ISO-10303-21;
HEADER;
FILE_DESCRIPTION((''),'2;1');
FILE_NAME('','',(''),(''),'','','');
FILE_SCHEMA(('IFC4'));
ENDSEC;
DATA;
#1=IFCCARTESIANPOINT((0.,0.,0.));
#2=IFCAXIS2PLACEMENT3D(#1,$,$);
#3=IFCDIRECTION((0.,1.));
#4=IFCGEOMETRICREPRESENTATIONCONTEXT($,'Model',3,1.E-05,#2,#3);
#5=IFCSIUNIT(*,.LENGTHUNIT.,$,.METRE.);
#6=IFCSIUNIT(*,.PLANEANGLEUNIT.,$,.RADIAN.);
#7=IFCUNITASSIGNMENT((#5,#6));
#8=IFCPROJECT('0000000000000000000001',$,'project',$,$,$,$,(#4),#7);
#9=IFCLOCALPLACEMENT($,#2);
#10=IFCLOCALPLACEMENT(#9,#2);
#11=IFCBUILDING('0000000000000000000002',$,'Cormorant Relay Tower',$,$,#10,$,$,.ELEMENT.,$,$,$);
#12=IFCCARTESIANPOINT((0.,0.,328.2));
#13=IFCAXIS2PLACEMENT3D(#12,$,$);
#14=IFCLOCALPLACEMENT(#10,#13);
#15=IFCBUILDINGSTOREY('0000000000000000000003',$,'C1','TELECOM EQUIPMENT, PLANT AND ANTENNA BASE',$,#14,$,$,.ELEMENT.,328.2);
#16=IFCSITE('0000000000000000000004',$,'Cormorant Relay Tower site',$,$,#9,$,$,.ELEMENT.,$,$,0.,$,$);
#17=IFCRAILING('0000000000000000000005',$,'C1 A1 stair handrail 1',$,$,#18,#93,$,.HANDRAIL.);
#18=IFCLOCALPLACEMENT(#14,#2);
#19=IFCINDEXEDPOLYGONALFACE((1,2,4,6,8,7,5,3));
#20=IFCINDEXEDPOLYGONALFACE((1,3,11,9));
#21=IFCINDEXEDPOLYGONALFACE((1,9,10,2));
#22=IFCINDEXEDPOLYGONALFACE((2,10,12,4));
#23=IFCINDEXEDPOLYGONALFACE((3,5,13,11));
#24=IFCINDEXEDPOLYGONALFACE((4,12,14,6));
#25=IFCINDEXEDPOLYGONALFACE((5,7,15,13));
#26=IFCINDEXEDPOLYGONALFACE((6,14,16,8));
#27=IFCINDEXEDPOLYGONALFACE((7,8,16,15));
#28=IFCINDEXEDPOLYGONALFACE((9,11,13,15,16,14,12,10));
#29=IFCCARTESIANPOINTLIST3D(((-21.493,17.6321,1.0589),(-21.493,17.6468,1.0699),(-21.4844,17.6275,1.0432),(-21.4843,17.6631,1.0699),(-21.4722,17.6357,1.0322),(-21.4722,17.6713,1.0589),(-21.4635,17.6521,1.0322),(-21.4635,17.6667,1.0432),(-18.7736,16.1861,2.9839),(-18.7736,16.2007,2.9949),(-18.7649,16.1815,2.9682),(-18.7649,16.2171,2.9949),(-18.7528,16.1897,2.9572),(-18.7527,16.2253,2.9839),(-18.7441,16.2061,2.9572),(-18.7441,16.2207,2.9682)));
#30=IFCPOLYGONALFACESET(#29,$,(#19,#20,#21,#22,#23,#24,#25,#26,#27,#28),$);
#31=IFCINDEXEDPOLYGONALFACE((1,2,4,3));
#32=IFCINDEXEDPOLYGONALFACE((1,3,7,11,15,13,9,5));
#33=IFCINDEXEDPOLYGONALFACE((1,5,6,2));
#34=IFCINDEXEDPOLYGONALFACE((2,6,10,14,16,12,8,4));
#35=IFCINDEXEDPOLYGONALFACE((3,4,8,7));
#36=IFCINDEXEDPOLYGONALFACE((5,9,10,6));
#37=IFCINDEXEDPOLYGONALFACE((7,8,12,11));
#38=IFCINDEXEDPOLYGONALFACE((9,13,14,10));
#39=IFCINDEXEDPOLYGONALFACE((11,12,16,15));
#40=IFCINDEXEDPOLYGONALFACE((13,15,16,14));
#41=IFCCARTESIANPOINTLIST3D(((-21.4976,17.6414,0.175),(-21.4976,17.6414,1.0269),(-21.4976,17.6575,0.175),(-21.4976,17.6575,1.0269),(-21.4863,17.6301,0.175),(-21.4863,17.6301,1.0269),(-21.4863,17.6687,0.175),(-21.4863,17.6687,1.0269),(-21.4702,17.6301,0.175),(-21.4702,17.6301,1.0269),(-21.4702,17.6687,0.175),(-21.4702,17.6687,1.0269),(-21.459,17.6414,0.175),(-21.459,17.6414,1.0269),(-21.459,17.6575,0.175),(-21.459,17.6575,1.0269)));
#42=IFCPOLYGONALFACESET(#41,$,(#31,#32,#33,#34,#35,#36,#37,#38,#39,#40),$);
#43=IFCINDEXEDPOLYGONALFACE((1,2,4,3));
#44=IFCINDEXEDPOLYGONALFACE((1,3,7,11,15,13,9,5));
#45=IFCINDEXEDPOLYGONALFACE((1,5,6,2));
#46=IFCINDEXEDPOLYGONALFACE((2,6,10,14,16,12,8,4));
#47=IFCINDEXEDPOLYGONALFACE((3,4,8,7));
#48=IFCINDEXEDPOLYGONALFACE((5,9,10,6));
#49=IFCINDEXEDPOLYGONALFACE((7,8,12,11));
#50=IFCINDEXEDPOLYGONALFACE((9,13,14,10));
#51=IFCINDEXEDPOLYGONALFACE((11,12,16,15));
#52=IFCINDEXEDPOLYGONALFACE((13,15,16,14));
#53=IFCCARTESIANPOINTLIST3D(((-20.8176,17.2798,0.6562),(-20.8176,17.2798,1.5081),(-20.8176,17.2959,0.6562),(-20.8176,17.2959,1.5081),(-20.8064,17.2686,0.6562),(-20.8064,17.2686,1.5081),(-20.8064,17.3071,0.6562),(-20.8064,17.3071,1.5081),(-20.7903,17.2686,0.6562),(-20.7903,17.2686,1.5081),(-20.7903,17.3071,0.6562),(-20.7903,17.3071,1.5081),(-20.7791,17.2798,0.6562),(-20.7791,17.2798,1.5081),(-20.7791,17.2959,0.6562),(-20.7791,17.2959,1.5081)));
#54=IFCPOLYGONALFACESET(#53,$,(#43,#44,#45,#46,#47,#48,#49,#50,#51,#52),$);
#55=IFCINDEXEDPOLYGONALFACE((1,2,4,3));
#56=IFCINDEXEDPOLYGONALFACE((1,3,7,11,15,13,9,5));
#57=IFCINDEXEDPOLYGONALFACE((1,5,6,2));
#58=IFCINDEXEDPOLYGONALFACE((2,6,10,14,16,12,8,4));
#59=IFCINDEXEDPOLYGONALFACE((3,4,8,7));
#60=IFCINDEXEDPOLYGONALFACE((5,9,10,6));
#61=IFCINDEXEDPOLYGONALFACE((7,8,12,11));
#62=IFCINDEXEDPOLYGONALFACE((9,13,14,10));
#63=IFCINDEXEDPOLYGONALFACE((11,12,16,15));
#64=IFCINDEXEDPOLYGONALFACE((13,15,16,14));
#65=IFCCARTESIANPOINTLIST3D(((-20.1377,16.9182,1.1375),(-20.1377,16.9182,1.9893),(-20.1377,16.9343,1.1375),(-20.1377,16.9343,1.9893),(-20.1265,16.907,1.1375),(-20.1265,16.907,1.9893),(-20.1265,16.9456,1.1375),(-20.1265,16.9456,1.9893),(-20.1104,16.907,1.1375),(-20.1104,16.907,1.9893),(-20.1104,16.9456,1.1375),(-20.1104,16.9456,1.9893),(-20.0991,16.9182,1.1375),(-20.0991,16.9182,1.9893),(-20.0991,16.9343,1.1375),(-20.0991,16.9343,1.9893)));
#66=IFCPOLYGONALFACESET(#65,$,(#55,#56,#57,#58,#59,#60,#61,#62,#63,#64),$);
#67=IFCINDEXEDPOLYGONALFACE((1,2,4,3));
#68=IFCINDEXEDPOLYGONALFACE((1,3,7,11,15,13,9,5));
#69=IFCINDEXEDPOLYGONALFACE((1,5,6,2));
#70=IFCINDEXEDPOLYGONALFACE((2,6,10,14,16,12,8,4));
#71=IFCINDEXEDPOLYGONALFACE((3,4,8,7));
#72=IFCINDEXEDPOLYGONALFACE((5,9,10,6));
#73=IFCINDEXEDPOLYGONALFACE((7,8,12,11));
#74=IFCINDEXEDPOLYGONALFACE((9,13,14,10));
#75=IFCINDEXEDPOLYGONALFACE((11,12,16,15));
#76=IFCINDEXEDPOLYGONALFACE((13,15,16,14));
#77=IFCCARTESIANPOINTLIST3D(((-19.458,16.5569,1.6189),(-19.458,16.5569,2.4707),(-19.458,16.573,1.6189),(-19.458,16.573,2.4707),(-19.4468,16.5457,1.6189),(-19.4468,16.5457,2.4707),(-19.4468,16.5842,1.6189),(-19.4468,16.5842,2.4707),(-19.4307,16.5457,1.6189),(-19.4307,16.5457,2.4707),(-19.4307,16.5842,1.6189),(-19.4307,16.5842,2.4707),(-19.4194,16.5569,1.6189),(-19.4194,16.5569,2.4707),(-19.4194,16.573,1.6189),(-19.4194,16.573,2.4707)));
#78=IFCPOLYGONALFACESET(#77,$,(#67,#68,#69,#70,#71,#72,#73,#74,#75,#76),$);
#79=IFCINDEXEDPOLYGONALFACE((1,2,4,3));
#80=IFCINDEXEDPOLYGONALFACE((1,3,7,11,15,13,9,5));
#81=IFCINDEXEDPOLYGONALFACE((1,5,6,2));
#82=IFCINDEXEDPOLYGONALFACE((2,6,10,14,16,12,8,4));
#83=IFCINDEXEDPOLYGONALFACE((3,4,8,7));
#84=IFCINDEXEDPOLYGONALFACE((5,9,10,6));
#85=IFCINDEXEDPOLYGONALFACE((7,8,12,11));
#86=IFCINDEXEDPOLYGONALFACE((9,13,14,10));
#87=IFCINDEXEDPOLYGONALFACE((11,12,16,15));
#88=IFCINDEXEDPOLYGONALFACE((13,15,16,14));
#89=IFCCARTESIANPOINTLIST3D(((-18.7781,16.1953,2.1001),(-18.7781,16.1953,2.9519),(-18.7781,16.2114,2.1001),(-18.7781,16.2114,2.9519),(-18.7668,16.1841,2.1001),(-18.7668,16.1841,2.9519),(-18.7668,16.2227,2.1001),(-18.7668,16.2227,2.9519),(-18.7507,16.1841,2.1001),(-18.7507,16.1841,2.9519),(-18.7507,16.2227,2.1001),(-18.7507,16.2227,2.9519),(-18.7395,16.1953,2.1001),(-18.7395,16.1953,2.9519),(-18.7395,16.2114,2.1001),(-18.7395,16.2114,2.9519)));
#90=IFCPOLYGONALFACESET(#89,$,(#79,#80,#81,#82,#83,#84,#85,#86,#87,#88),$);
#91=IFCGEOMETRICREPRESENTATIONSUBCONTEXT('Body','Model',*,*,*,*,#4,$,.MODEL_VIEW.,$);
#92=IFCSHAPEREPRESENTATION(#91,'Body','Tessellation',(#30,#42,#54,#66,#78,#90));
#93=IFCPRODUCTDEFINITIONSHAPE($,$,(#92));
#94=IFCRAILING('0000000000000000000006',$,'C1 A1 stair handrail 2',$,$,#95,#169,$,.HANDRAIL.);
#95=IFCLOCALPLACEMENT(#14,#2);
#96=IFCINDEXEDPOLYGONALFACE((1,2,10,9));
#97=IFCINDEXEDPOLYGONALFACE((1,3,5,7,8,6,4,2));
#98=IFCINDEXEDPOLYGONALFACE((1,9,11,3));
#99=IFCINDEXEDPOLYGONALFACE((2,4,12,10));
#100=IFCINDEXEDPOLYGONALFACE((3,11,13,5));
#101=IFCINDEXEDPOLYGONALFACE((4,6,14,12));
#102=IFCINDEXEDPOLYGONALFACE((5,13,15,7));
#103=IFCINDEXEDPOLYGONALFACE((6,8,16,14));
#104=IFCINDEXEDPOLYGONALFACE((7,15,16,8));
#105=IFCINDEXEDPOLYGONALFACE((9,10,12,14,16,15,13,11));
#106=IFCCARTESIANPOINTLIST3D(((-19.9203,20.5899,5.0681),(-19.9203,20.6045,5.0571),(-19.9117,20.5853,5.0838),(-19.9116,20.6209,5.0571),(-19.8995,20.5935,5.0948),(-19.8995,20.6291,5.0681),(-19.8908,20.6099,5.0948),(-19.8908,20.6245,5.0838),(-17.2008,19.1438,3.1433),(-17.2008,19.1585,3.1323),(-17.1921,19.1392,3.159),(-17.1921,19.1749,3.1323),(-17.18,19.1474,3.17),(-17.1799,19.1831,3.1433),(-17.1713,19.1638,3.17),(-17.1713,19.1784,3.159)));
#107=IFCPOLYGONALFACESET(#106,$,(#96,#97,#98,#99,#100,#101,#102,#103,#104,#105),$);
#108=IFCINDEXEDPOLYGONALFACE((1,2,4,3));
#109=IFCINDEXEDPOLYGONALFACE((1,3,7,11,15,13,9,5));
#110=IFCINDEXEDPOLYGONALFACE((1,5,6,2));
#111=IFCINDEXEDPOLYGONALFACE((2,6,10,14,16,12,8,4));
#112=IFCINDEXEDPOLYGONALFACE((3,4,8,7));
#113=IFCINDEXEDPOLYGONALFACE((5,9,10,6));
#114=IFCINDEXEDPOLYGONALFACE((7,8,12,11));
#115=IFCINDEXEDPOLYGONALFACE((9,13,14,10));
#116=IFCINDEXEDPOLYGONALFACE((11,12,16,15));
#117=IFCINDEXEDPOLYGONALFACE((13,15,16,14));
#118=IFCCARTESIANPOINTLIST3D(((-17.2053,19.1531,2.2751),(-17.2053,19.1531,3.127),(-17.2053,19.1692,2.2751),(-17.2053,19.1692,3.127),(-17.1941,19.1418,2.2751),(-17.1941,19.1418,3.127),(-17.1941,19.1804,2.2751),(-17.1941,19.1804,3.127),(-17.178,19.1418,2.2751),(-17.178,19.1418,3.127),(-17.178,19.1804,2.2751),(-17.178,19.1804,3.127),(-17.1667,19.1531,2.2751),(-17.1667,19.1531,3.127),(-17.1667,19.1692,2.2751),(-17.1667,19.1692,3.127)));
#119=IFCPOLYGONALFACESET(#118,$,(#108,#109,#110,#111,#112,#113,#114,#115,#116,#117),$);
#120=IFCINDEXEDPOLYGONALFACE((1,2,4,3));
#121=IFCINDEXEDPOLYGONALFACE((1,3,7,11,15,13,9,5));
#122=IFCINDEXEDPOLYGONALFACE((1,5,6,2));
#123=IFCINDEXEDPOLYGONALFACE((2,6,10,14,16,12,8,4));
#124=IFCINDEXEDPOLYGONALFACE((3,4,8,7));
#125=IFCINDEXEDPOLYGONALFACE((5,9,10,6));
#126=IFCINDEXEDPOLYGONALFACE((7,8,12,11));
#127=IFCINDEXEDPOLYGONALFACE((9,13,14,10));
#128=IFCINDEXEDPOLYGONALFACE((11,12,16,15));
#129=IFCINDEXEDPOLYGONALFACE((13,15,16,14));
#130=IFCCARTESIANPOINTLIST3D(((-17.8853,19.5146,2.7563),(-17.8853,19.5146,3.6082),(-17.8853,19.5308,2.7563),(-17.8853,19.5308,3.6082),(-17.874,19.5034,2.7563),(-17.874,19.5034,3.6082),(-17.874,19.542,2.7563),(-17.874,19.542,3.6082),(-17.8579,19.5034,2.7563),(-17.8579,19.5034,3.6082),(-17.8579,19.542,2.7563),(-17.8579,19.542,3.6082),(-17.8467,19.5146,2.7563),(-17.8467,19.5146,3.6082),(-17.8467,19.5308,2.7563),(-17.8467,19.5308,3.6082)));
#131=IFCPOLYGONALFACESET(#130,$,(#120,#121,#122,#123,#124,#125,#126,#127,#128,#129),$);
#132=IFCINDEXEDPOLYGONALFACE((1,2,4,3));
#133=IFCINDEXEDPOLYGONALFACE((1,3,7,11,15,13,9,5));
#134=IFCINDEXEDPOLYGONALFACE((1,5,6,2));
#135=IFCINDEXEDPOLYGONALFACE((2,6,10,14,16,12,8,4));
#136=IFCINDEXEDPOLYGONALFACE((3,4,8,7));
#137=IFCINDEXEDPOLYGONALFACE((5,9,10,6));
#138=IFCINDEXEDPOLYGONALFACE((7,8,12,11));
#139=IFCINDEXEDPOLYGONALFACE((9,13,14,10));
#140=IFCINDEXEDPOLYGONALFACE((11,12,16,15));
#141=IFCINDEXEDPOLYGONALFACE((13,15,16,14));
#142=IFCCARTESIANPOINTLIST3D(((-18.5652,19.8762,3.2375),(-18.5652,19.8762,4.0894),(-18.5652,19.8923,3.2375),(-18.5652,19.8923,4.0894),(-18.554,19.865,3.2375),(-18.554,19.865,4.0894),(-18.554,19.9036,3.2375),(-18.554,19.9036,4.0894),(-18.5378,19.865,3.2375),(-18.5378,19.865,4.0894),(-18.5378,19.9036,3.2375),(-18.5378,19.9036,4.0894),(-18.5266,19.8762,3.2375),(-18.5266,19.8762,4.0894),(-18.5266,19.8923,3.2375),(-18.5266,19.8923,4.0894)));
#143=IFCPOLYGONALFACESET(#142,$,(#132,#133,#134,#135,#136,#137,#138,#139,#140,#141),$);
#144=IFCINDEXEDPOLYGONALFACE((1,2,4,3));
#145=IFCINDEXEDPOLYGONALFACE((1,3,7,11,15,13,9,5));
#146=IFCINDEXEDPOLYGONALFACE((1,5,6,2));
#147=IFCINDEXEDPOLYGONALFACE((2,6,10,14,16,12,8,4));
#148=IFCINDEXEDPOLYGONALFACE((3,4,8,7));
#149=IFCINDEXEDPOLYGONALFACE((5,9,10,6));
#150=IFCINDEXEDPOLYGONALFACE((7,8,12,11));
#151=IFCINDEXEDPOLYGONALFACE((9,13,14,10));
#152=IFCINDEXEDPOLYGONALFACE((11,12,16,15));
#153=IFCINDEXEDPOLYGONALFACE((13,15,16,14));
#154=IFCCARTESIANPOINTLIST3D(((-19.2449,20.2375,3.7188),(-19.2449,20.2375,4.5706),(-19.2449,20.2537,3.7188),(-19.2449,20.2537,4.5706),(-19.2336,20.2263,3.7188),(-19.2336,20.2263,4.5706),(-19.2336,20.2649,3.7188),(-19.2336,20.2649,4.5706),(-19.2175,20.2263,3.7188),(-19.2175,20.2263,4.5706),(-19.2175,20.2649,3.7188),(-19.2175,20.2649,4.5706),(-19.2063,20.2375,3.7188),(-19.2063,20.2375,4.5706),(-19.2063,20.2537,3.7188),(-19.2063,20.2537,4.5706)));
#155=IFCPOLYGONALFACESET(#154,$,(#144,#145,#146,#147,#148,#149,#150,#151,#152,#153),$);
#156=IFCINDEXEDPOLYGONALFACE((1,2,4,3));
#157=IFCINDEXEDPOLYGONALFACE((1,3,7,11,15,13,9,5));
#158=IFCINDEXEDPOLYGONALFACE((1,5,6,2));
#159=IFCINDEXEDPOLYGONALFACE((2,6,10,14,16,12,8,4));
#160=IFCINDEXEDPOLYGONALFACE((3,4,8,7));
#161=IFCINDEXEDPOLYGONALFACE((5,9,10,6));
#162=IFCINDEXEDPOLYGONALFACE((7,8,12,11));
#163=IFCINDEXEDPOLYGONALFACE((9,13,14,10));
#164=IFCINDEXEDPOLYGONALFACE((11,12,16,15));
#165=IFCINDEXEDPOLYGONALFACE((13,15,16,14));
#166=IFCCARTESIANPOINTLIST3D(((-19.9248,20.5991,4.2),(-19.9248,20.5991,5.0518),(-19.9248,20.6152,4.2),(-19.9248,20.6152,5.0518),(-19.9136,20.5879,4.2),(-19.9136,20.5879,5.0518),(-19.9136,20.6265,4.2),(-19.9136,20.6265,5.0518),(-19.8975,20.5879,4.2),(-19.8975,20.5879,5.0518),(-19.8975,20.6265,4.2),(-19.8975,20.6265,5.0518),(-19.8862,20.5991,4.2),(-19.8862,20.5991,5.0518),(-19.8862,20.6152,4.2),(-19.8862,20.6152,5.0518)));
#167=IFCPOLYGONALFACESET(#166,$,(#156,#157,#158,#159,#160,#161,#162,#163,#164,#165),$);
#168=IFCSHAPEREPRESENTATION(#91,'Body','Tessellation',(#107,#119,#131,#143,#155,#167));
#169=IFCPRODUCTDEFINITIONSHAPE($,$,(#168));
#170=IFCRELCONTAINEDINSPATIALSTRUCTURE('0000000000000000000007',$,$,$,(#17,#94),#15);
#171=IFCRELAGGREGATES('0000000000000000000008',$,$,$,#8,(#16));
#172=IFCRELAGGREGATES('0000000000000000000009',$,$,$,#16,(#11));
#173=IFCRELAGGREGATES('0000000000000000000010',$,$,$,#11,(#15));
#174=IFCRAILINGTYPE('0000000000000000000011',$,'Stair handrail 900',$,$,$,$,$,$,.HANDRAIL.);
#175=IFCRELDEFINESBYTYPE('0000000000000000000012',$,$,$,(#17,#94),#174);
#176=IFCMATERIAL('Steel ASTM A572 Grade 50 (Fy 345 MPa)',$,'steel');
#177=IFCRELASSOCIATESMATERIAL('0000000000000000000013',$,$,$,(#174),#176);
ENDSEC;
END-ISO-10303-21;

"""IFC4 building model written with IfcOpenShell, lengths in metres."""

from ifc_helpers import new_model, si_unit, direction, frame, origin, place, context, subcontext, project, spatial, polyline, outline, extrude, material, type_object, element, save


model = new_model("IFC4")

# Units and contexts
model_context = context("Model", 3, precision=1e-05, world=origin(), true_north=direction((0.0, 1.0)))
body_context = subcontext(model_context, "Body", "Model", "MODEL_VIEW")
ifc_project = project(units=[si_unit("LENGTHUNIT", "METRE"), si_unit("PLANEANGLEUNIT", "RADIAN")], contexts=[model_context])

# Site, building, storey
site_placement = place(None, origin())
site = spatial("IfcSite", under=ifc_project, at=site_placement, Name="Cormorant Relay Tower site", CompositionType="ELEMENT", RefElevation=0.0)
building_placement = place(site_placement, origin())
building = spatial("IfcBuilding", under=site, at=building_placement, Name="Cormorant Relay Tower", CompositionType="ELEMENT")
storey_placement = place(building_placement, frame((0.0, 0.0, 328.2)))
storey = spatial("IfcBuildingStorey", under=building, at=storey_placement, Name="C1", Description="TELECOM EQUIPMENT, PLANT AND ANTENNA BASE", CompositionType="ELEMENT", Elevation=328.2)

# Railings
ifc_material_1 = material(Name="Steel ASTM A572 Grade 50 (Fy 345 MPa)", Category="steel")
railing_type_1 = type_object("IfcRailingType", Name="Stair handrail 900", PredefinedType="HANDRAIL", material=ifc_material_1)
railing_1_placement = place(storey_placement, frame((-21.4783, 17.6494, 0.175)))
element("IfcRailing", 1, at=railing_1_placement, inside=storey, type_object=railing_type_1, Name="C1 A1 stair handrail 1", PredefinedType="HANDRAIL", context=body_context, shape_type="SweptSolid", body=[
    extrude(outline(polyline([(0.0222, 0.0093), (0.0093, 0.0222), (-0.0093, 0.0222), (-0.0222, 0.0093), (-0.0222, -0.0093), (-0.0093, -0.0222), (0.0093, -0.0222), (0.0222, -0.0093), (0.0222, 0.0093)])), frame((0.0, 0.0, 0.876), z_axis=(0.748727, -0.398125, 0.530004), x_axis=(0.469489, 0.882938, 0.0)), (0.0, 0.0, 1.0), 3.6321),
    extrude(outline(polyline([(0.0193, 0.0081), (0.0081, 0.0193), (-0.0081, 0.0193), (-0.0193, 0.0081), (-0.0193, -0.0081), (-0.0081, -0.0193), (0.0081, -0.0193), (0.0193, -0.0081), (0.0193, 0.0081)])), origin(), (0.0, 0.0, 1.0), 0.8518),
    extrude(outline(polyline([(0.0193, 0.0081), (0.0081, 0.0193), (-0.0081, 0.0193), (-0.0193, 0.0081), (-0.0193, -0.0081), (-0.0081, -0.0193), (0.0081, -0.0193), (0.0193, -0.0081), (0.0193, 0.0081)])), frame((0.6799, -0.3616, 0.4812)), (0.0, 0.0, 1.0), 0.8518),
    extrude(outline(polyline([(0.0193, 0.0081), (0.0081, 0.0193), (-0.0081, 0.0193), (-0.0193, 0.0081), (-0.0193, -0.0081), (-0.0081, -0.0193), (0.0081, -0.0193), (0.0193, -0.0081), (0.0193, 0.0081)])), frame((1.3599, -0.7231, 0.9624)), (0.0, 0.0, 1.0), 0.8518),
    extrude(outline(polyline([(0.0193, 0.0081), (0.0081, 0.0193), (-0.0081, 0.0193), (-0.0193, 0.0081), (-0.0193, -0.0081), (-0.0081, -0.0193), (0.0081, -0.0193), (0.0193, -0.0081), (0.0193, 0.0081)])), frame((2.0396, -1.0845, 1.4438)), (0.0, 0.0, 1.0), 0.8518),
    extrude(outline(polyline([(0.0193, 0.0081), (0.0081, 0.0193), (-0.0081, 0.0193), (-0.0193, 0.0081), (-0.0193, -0.0081), (-0.0081, -0.0193), (0.0081, -0.0193), (0.0193, -0.0081), (0.0193, 0.0081)])), frame((2.7195, -1.446, 1.925)), (0.0, 0.0, 1.0), 0.8518),
])
railing_2_placement = place(storey_placement, frame((-17.186, 19.1611, 2.2751)))
element("IfcRailing", 2, at=railing_2_placement, inside=storey, type_object=railing_type_1, Name="C1 A1 stair handrail 2", PredefinedType="HANDRAIL", context=body_context, shape_type="SweptSolid", body=[
    extrude(outline(polyline([(0.0222, 0.0093), (0.0093, 0.0222), (-0.0093, 0.0222), (-0.0222, 0.0093), (-0.0222, -0.0093), (-0.0093, -0.0222), (0.0093, -0.0222), (0.0222, -0.0093), (0.0222, 0.0093)])), frame((0.0, 0.0, 0.876), z_axis=(-0.748754, 0.398139, 0.529956), x_axis=(-0.469489, -0.882938, 0.0)), (0.0, 0.0, 1.0), 3.6321),
    extrude(outline(polyline([(0.0193, 0.0081), (0.0081, 0.0193), (-0.0081, 0.0193), (-0.0193, 0.0081), (-0.0193, -0.0081), (-0.0081, -0.0193), (0.0081, -0.0193), (0.0193, -0.0081), (0.0193, 0.0081)])), origin(), (0.0, 0.0, 1.0), 0.8518),
    extrude(outline(polyline([(0.0193, 0.0081), (0.0081, 0.0193), (-0.0081, 0.0193), (-0.0193, 0.0081), (-0.0193, -0.0081), (-0.0081, -0.0193), (0.0081, -0.0193), (0.0193, -0.0081), (0.0193, 0.0081)])), frame((-0.6799, 0.3616, 0.4812)), (0.0, 0.0, 1.0), 0.8518),
    extrude(outline(polyline([(0.0193, 0.0081), (0.0081, 0.0193), (-0.0081, 0.0193), (-0.0193, 0.0081), (-0.0193, -0.0081), (-0.0081, -0.0193), (0.0081, -0.0193), (0.0193, -0.0081), (0.0193, 0.0081)])), frame((-1.3599, 0.7231, 0.9624)), (0.0, 0.0, 1.0), 0.8518),
    extrude(outline(polyline([(0.0193, 0.0081), (0.0081, 0.0193), (-0.0081, 0.0193), (-0.0193, 0.0081), (-0.0193, -0.0081), (-0.0081, -0.0193), (0.0081, -0.0193), (0.0193, -0.0081), (0.0193, 0.0081)])), frame((-2.0396, 1.0845, 1.4436)), (0.0, 0.0, 1.0), 0.8518),
    extrude(outline(polyline([(0.0193, 0.0081), (0.0081, 0.0193), (-0.0081, 0.0193), (-0.0193, 0.0081), (-0.0193, -0.0081), (-0.0081, -0.0193), (0.0081, -0.0193), (0.0193, -0.0081), (0.0193, 0.0081)])), frame((-2.7195, 1.446, 1.9248)), (0.0, 0.0, 1.0), 0.8518),
])

save(model, "model.ifc")
